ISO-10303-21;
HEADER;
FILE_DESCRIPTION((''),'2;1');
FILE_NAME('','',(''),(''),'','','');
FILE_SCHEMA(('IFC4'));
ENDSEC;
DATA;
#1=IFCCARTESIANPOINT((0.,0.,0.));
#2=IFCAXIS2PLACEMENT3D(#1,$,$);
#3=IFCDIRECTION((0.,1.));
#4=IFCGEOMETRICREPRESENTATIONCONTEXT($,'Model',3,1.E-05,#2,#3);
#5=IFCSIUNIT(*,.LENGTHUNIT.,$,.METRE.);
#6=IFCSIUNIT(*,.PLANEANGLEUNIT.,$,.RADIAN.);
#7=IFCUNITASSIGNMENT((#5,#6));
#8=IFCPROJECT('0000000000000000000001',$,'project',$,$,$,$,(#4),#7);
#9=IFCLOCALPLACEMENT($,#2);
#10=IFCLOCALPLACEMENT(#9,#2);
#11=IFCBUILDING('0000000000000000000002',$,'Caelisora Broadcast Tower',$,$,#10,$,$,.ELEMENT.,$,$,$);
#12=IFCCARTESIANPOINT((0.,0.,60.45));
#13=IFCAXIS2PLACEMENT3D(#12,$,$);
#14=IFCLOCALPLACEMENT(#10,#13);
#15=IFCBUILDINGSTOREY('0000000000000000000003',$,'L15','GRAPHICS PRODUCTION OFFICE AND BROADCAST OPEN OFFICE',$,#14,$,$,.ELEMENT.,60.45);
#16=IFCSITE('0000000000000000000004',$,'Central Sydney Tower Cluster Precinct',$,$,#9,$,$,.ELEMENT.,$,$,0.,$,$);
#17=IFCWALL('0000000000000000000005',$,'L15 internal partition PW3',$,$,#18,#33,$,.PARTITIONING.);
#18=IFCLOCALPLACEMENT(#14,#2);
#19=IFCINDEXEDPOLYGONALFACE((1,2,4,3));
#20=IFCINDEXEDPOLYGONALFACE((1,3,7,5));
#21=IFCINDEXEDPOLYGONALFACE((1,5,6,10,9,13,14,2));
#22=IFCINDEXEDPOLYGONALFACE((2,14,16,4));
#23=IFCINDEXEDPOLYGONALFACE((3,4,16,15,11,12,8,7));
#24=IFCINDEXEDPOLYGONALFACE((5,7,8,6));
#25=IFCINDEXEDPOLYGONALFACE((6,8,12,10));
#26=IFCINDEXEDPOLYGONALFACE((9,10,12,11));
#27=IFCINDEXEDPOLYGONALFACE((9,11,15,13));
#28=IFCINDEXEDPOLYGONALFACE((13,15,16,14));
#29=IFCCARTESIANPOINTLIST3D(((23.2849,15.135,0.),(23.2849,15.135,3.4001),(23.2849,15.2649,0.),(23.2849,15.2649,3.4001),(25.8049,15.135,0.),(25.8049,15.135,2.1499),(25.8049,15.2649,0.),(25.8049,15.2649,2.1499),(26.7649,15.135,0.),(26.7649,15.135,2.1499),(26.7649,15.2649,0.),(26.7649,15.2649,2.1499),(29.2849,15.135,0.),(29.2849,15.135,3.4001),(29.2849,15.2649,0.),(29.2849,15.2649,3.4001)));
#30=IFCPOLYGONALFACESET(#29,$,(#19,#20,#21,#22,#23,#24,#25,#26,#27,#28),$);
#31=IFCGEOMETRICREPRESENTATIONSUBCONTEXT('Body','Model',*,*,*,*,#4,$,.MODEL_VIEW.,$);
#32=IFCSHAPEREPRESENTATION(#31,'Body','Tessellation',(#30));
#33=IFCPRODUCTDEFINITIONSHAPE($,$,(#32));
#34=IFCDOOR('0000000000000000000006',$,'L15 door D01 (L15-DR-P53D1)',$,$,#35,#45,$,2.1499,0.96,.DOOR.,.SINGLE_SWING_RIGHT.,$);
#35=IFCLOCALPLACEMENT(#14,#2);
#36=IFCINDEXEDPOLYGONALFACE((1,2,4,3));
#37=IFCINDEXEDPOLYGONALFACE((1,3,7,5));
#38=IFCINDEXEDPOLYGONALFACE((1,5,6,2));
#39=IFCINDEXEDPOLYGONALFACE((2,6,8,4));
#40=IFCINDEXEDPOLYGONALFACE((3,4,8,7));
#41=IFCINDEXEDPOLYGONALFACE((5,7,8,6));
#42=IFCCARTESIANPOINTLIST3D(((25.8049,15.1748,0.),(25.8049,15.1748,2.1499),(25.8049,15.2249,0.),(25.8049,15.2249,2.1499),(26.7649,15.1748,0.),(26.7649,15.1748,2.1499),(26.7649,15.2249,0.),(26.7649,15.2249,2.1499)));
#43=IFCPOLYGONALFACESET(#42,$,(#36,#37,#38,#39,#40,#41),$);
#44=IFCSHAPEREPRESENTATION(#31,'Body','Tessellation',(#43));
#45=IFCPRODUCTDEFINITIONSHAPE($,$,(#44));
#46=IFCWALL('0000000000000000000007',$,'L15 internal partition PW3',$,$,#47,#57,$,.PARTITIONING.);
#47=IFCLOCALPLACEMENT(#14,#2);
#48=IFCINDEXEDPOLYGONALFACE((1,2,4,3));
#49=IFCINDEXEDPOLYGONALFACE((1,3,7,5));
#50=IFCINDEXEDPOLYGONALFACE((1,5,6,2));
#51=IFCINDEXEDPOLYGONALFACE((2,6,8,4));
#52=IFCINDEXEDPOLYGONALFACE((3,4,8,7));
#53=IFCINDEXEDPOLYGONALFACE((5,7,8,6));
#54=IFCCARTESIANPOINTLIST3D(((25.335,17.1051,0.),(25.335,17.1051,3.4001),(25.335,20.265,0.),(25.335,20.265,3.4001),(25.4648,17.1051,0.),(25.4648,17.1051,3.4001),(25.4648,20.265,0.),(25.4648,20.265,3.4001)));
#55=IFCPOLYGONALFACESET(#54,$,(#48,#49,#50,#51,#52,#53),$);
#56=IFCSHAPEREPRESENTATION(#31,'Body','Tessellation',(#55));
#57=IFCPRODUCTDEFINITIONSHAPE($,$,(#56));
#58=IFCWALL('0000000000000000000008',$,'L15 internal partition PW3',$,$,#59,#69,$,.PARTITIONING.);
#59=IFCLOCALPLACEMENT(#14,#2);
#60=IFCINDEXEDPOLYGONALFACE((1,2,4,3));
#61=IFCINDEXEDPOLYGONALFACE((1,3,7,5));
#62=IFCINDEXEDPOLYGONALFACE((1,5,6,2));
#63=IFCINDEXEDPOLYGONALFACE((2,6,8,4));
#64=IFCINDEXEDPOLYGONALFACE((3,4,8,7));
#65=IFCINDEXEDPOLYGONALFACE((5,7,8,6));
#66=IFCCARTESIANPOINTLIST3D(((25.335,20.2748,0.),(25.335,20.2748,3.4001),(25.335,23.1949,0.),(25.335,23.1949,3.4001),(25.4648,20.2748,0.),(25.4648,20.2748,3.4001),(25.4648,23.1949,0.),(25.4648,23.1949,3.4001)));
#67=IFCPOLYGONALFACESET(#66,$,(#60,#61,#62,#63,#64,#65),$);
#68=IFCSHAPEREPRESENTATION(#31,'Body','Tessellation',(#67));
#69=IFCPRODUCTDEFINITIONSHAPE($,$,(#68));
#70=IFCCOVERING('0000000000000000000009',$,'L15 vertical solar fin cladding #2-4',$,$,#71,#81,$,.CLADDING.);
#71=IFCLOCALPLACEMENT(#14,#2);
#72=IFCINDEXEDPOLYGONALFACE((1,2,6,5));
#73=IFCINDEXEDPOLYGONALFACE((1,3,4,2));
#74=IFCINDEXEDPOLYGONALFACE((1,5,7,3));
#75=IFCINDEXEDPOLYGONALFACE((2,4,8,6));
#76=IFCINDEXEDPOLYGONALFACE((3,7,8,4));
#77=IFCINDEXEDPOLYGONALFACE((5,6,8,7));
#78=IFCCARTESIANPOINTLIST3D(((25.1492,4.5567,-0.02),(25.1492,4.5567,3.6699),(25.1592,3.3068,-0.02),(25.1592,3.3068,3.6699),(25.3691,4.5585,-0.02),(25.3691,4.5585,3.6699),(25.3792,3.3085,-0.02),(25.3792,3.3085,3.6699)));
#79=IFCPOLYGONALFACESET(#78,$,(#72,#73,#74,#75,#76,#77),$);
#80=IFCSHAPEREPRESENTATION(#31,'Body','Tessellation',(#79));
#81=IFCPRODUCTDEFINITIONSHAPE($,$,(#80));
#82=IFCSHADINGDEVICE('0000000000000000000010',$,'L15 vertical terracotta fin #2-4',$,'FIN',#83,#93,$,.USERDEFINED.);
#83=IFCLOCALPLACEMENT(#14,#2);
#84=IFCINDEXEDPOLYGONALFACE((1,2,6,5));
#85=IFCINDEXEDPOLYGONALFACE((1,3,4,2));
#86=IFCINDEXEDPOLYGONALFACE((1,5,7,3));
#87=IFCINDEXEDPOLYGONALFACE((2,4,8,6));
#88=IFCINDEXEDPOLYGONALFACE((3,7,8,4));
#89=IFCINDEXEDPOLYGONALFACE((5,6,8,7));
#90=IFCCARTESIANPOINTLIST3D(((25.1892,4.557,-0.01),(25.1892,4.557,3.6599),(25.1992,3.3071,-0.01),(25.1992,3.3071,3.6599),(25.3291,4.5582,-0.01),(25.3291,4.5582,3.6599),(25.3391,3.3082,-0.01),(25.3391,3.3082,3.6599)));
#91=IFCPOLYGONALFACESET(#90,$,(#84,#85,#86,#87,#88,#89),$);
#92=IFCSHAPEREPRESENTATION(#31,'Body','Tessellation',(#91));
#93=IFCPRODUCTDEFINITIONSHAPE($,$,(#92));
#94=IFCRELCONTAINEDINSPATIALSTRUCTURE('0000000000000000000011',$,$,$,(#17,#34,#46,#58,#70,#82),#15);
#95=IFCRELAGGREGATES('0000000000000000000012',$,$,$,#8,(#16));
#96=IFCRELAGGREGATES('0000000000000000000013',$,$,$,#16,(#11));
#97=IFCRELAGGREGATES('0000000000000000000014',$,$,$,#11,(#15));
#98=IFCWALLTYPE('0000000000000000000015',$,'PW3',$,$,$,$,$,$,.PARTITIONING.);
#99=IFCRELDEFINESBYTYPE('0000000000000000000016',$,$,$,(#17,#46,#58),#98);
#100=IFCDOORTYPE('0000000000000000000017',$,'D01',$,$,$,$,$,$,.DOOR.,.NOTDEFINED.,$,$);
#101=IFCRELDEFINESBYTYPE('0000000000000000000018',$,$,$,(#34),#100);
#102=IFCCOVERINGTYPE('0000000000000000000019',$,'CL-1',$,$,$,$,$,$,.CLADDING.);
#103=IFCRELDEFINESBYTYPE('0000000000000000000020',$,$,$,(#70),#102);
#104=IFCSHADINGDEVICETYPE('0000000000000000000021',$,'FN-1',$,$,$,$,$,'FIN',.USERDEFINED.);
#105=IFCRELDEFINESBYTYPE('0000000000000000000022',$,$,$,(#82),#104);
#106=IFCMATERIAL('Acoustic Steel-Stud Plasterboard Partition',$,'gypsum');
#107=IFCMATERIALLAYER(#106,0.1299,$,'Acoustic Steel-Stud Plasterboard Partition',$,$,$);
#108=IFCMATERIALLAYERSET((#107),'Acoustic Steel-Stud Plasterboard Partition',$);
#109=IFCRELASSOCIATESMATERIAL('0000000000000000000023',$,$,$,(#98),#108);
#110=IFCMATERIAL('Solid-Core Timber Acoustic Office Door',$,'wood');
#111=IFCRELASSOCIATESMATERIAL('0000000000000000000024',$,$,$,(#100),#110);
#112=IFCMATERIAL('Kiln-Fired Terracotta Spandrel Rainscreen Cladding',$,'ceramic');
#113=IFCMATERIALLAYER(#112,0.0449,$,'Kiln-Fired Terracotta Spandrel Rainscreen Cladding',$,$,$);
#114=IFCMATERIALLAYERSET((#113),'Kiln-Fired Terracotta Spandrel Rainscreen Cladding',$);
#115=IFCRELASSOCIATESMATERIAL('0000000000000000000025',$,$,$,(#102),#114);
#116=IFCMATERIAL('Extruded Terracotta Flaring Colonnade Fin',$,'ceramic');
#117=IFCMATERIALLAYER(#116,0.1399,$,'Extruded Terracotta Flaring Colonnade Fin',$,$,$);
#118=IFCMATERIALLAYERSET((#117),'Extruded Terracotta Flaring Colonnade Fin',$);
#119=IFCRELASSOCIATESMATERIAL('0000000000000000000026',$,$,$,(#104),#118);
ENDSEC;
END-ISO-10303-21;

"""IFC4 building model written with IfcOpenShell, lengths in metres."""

from ifc_helpers import new_model, si_unit, direction, frame, frame_2d, origin, origin_2d, place, context, subcontext, project, spatial, rectangle, extrude, source, transform, mapped, material, layer, layer_set, type_object, type_shapes, element, fill, save


model = new_model("IFC4")

# Units and contexts
model_context = context("Model", 3, precision=1e-05, world=origin(), true_north=direction((0.0, 1.0)))
body_context = subcontext(model_context, "Body", "Model", "MODEL_VIEW")
ifc_project = project(units=[si_unit("LENGTHUNIT", "METRE"), si_unit("PLANEANGLEUNIT", "RADIAN")], contexts=[model_context])

# Site, building, storey
site_placement = place(None, origin())
site = spatial("IfcSite", under=ifc_project, at=site_placement, Name="Central Sydney Tower Cluster Precinct", CompositionType="ELEMENT", RefElevation=0.0)
building_placement = place(site_placement, origin())
building = spatial("IfcBuilding", under=site, at=building_placement, Name="Caelisora Broadcast Tower", CompositionType="ELEMENT")
storey_placement = place(building_placement, frame((0.0, 0.0, 60.45)))
storey = spatial("IfcBuildingStorey", under=building, at=storey_placement, Name="L15", Description="GRAPHICS PRODUCTION OFFICE AND BROADCAST OPEN OFFICE", CompositionType="ELEMENT", Elevation=60.45)

# Shared definitions
ifc_material_1 = material(Name="Acoustic Steel-Stud Plasterboard Partition", Category="gypsum")
ifc_layer_1 = layer(ifc_material_1, 0.1299, Name="Acoustic Steel-Stud Plasterboard Partition")
ifc_layer_set_1 = layer_set([ifc_layer_1], Name="Acoustic Steel-Stud Plasterboard Partition")
wall_type_1 = type_object("IfcWallType", Name="PW3", PredefinedType="PARTITIONING", material=ifc_layer_set_1)

# Wall, opening, door
wall_1_placement = place(storey_placement, frame((23.2849, 15.2, 0.0), z_axis=(0.0, 0.0, 1.0), x_axis=(1.0, 0.0, 0.0)))
wall_1 = element("IfcWall", 1, at=wall_1_placement, inside=storey, type_object=wall_type_1, Name="L15 internal partition PW3", PredefinedType="PARTITIONING", context=body_context, shape_type="SweptSolid", body=[
    extrude(rectangle(XDim=6.0, YDim=0.1299, at=frame_2d((3.0, 0.0))), origin(), (0.0, 0.0, 1.0), 3.4001),
])
opening_1_placement = place(wall_1_placement, frame((2.52, 0.0, 0.0)))
opening_1 = element("IfcOpeningElement", 2, at=opening_1_placement, cuts=wall_1, PredefinedType="OPENING", context=body_context, shape_type="SweptSolid", body=[
    extrude(rectangle(XDim=0.96, YDim=2.1499, at=frame_2d((0.48, 1.075))), frame((0.0, 0.0769, 0.0), z_axis=(0.0, -1.0, 0.0), x_axis=(1.0, 0.0, 0.0)), (0.0, 0.0, 1.0), 0.1538),
])
ifc_material_2 = material(Name="Solid-Core Timber Acoustic Office Door", Category="wood")
door_type = type_object("IfcDoorType", Name="D01", OperationType="NOTDEFINED", PredefinedType="DOOR", material=ifc_material_2)
door_placement = place(opening_1_placement, origin())
door = element("IfcDoor", 3, at=door_placement, inside=storey, type_object=door_type, Name="L15 door D01 (L15-DR-P53D1)", OperationType="SINGLE_SWING_RIGHT", OverallHeight=2.1499, OverallWidth=0.96, PredefinedType="DOOR", context=body_context, shape_type="SweptSolid", body=[
    extrude(rectangle(XDim=0.96, YDim=2.1499, at=frame_2d((0.48, 1.075))), frame((0.0, 0.0249, 0.0), z_axis=(0.0, -1.0, 0.0), x_axis=(1.0, 0.0, 0.0)), (0.0, 0.0, 1.0), 0.05),
])
fill(opening_1, door)

# Walls
wall_2_placement = place(storey_placement, frame((25.3999, 17.105, 0.0), z_axis=(0.0, 0.0, 1.0), x_axis=(0.0, 1.0, 0.0)))
element("IfcWall", 4, at=wall_2_placement, inside=storey, type_object=wall_type_1, Name="L15 internal partition PW3", PredefinedType="PARTITIONING", context=body_context, shape_type="SweptSolid", body=[
    extrude(rectangle(XDim=3.1599, YDim=0.1299, at=frame_2d((1.5801, 0.0))), origin(), (0.0, 0.0, 1.0), 3.4001),
])
wall_3_placement = place(storey_placement, frame((25.3999, 20.2749, 0.0), z_axis=(0.0, 0.0, 1.0), x_axis=(0.0, 1.0, 0.0)))
element("IfcWall", 5, at=wall_3_placement, inside=storey, type_object=wall_type_1, Name="L15 internal partition PW3", PredefinedType="PARTITIONING", context=body_context, shape_type="SweptSolid", body=[
    extrude(rectangle(XDim=2.9202, YDim=0.1299, at=frame_2d((1.46, 0.0))), origin(), (0.0, 0.0, 1.0), 3.4001),
])

# Covering
ifc_material_3 = material(Name="Kiln-Fired Terracotta Spandrel Rainscreen Cladding", Category="ceramic")
ifc_layer_2 = layer(ifc_material_3, 0.0449, Name="Kiln-Fired Terracotta Spandrel Rainscreen Cladding")
ifc_layer_set_2 = layer_set([ifc_layer_2], Name="Kiln-Fired Terracotta Spandrel Rainscreen Cladding")
covering_type = type_object("IfcCoveringType", Name="CL-1", PredefinedType="CLADDING", material=ifc_layer_set_2)
shared_shape_1 = source(origin(), body_context, "Body", "SweptSolid", [
    extrude(rectangle(XDim=0.22, YDim=1.25, at=origin_2d()), origin(), (0.0, 0.0, 1.0), 3.6899),
])
type_shapes(covering_type, [shared_shape_1])
covering_placement = place(storey_placement, frame((25.2642, 3.9326, -0.02), z_axis=(0.0, 0.0, 1.0), x_axis=(-0.999968, -0.008028, 0.0)))
element("IfcCovering", 6, at=covering_placement, inside=storey, type_object=covering_type, Name="L15 vertical solar fin cladding #2-4", PredefinedType="CLADDING", context=body_context, shape_type="MappedRepresentation", body=[
    mapped(shared_shape_1, transform((0.0, 0.0, 0.0), scale=1.0)),
])

# Shading device
ifc_material_4 = material(Name="Extruded Terracotta Flaring Colonnade Fin", Category="ceramic")
ifc_layer_3 = layer(ifc_material_4, 0.1399, Name="Extruded Terracotta Flaring Colonnade Fin")
ifc_layer_set_3 = layer_set([ifc_layer_3], Name="Extruded Terracotta Flaring Colonnade Fin")
shading_device_type = type_object("IfcShadingDeviceType", Name="FN-1", ElementType="FIN", PredefinedType="USERDEFINED", material=ifc_layer_set_3)
shared_shape_2 = source(origin(), body_context, "Body", "SweptSolid", [
    extrude(rectangle(XDim=0.1399, YDim=1.25, at=origin_2d()), origin(), (0.0, 0.0, 1.0), 3.6699),
])
type_shapes(shading_device_type, [shared_shape_2])
shading_device_placement = place(storey_placement, frame((25.2642, 3.9326, -0.01), z_axis=(0.0, 0.0, 1.0), x_axis=(-0.999968, -0.008028, 0.0)))
element("IfcShadingDevice", 7, at=shading_device_placement, inside=storey, type_object=shading_device_type, Name="L15 vertical terracotta fin #2-4", ObjectType="FIN", PredefinedType="USERDEFINED", context=body_context, shape_type="MappedRepresentation", body=[
    mapped(shared_shape_2, transform((0.0, 0.0, 0.0), scale=1.0)),
])

save(model, "model.ifc")
